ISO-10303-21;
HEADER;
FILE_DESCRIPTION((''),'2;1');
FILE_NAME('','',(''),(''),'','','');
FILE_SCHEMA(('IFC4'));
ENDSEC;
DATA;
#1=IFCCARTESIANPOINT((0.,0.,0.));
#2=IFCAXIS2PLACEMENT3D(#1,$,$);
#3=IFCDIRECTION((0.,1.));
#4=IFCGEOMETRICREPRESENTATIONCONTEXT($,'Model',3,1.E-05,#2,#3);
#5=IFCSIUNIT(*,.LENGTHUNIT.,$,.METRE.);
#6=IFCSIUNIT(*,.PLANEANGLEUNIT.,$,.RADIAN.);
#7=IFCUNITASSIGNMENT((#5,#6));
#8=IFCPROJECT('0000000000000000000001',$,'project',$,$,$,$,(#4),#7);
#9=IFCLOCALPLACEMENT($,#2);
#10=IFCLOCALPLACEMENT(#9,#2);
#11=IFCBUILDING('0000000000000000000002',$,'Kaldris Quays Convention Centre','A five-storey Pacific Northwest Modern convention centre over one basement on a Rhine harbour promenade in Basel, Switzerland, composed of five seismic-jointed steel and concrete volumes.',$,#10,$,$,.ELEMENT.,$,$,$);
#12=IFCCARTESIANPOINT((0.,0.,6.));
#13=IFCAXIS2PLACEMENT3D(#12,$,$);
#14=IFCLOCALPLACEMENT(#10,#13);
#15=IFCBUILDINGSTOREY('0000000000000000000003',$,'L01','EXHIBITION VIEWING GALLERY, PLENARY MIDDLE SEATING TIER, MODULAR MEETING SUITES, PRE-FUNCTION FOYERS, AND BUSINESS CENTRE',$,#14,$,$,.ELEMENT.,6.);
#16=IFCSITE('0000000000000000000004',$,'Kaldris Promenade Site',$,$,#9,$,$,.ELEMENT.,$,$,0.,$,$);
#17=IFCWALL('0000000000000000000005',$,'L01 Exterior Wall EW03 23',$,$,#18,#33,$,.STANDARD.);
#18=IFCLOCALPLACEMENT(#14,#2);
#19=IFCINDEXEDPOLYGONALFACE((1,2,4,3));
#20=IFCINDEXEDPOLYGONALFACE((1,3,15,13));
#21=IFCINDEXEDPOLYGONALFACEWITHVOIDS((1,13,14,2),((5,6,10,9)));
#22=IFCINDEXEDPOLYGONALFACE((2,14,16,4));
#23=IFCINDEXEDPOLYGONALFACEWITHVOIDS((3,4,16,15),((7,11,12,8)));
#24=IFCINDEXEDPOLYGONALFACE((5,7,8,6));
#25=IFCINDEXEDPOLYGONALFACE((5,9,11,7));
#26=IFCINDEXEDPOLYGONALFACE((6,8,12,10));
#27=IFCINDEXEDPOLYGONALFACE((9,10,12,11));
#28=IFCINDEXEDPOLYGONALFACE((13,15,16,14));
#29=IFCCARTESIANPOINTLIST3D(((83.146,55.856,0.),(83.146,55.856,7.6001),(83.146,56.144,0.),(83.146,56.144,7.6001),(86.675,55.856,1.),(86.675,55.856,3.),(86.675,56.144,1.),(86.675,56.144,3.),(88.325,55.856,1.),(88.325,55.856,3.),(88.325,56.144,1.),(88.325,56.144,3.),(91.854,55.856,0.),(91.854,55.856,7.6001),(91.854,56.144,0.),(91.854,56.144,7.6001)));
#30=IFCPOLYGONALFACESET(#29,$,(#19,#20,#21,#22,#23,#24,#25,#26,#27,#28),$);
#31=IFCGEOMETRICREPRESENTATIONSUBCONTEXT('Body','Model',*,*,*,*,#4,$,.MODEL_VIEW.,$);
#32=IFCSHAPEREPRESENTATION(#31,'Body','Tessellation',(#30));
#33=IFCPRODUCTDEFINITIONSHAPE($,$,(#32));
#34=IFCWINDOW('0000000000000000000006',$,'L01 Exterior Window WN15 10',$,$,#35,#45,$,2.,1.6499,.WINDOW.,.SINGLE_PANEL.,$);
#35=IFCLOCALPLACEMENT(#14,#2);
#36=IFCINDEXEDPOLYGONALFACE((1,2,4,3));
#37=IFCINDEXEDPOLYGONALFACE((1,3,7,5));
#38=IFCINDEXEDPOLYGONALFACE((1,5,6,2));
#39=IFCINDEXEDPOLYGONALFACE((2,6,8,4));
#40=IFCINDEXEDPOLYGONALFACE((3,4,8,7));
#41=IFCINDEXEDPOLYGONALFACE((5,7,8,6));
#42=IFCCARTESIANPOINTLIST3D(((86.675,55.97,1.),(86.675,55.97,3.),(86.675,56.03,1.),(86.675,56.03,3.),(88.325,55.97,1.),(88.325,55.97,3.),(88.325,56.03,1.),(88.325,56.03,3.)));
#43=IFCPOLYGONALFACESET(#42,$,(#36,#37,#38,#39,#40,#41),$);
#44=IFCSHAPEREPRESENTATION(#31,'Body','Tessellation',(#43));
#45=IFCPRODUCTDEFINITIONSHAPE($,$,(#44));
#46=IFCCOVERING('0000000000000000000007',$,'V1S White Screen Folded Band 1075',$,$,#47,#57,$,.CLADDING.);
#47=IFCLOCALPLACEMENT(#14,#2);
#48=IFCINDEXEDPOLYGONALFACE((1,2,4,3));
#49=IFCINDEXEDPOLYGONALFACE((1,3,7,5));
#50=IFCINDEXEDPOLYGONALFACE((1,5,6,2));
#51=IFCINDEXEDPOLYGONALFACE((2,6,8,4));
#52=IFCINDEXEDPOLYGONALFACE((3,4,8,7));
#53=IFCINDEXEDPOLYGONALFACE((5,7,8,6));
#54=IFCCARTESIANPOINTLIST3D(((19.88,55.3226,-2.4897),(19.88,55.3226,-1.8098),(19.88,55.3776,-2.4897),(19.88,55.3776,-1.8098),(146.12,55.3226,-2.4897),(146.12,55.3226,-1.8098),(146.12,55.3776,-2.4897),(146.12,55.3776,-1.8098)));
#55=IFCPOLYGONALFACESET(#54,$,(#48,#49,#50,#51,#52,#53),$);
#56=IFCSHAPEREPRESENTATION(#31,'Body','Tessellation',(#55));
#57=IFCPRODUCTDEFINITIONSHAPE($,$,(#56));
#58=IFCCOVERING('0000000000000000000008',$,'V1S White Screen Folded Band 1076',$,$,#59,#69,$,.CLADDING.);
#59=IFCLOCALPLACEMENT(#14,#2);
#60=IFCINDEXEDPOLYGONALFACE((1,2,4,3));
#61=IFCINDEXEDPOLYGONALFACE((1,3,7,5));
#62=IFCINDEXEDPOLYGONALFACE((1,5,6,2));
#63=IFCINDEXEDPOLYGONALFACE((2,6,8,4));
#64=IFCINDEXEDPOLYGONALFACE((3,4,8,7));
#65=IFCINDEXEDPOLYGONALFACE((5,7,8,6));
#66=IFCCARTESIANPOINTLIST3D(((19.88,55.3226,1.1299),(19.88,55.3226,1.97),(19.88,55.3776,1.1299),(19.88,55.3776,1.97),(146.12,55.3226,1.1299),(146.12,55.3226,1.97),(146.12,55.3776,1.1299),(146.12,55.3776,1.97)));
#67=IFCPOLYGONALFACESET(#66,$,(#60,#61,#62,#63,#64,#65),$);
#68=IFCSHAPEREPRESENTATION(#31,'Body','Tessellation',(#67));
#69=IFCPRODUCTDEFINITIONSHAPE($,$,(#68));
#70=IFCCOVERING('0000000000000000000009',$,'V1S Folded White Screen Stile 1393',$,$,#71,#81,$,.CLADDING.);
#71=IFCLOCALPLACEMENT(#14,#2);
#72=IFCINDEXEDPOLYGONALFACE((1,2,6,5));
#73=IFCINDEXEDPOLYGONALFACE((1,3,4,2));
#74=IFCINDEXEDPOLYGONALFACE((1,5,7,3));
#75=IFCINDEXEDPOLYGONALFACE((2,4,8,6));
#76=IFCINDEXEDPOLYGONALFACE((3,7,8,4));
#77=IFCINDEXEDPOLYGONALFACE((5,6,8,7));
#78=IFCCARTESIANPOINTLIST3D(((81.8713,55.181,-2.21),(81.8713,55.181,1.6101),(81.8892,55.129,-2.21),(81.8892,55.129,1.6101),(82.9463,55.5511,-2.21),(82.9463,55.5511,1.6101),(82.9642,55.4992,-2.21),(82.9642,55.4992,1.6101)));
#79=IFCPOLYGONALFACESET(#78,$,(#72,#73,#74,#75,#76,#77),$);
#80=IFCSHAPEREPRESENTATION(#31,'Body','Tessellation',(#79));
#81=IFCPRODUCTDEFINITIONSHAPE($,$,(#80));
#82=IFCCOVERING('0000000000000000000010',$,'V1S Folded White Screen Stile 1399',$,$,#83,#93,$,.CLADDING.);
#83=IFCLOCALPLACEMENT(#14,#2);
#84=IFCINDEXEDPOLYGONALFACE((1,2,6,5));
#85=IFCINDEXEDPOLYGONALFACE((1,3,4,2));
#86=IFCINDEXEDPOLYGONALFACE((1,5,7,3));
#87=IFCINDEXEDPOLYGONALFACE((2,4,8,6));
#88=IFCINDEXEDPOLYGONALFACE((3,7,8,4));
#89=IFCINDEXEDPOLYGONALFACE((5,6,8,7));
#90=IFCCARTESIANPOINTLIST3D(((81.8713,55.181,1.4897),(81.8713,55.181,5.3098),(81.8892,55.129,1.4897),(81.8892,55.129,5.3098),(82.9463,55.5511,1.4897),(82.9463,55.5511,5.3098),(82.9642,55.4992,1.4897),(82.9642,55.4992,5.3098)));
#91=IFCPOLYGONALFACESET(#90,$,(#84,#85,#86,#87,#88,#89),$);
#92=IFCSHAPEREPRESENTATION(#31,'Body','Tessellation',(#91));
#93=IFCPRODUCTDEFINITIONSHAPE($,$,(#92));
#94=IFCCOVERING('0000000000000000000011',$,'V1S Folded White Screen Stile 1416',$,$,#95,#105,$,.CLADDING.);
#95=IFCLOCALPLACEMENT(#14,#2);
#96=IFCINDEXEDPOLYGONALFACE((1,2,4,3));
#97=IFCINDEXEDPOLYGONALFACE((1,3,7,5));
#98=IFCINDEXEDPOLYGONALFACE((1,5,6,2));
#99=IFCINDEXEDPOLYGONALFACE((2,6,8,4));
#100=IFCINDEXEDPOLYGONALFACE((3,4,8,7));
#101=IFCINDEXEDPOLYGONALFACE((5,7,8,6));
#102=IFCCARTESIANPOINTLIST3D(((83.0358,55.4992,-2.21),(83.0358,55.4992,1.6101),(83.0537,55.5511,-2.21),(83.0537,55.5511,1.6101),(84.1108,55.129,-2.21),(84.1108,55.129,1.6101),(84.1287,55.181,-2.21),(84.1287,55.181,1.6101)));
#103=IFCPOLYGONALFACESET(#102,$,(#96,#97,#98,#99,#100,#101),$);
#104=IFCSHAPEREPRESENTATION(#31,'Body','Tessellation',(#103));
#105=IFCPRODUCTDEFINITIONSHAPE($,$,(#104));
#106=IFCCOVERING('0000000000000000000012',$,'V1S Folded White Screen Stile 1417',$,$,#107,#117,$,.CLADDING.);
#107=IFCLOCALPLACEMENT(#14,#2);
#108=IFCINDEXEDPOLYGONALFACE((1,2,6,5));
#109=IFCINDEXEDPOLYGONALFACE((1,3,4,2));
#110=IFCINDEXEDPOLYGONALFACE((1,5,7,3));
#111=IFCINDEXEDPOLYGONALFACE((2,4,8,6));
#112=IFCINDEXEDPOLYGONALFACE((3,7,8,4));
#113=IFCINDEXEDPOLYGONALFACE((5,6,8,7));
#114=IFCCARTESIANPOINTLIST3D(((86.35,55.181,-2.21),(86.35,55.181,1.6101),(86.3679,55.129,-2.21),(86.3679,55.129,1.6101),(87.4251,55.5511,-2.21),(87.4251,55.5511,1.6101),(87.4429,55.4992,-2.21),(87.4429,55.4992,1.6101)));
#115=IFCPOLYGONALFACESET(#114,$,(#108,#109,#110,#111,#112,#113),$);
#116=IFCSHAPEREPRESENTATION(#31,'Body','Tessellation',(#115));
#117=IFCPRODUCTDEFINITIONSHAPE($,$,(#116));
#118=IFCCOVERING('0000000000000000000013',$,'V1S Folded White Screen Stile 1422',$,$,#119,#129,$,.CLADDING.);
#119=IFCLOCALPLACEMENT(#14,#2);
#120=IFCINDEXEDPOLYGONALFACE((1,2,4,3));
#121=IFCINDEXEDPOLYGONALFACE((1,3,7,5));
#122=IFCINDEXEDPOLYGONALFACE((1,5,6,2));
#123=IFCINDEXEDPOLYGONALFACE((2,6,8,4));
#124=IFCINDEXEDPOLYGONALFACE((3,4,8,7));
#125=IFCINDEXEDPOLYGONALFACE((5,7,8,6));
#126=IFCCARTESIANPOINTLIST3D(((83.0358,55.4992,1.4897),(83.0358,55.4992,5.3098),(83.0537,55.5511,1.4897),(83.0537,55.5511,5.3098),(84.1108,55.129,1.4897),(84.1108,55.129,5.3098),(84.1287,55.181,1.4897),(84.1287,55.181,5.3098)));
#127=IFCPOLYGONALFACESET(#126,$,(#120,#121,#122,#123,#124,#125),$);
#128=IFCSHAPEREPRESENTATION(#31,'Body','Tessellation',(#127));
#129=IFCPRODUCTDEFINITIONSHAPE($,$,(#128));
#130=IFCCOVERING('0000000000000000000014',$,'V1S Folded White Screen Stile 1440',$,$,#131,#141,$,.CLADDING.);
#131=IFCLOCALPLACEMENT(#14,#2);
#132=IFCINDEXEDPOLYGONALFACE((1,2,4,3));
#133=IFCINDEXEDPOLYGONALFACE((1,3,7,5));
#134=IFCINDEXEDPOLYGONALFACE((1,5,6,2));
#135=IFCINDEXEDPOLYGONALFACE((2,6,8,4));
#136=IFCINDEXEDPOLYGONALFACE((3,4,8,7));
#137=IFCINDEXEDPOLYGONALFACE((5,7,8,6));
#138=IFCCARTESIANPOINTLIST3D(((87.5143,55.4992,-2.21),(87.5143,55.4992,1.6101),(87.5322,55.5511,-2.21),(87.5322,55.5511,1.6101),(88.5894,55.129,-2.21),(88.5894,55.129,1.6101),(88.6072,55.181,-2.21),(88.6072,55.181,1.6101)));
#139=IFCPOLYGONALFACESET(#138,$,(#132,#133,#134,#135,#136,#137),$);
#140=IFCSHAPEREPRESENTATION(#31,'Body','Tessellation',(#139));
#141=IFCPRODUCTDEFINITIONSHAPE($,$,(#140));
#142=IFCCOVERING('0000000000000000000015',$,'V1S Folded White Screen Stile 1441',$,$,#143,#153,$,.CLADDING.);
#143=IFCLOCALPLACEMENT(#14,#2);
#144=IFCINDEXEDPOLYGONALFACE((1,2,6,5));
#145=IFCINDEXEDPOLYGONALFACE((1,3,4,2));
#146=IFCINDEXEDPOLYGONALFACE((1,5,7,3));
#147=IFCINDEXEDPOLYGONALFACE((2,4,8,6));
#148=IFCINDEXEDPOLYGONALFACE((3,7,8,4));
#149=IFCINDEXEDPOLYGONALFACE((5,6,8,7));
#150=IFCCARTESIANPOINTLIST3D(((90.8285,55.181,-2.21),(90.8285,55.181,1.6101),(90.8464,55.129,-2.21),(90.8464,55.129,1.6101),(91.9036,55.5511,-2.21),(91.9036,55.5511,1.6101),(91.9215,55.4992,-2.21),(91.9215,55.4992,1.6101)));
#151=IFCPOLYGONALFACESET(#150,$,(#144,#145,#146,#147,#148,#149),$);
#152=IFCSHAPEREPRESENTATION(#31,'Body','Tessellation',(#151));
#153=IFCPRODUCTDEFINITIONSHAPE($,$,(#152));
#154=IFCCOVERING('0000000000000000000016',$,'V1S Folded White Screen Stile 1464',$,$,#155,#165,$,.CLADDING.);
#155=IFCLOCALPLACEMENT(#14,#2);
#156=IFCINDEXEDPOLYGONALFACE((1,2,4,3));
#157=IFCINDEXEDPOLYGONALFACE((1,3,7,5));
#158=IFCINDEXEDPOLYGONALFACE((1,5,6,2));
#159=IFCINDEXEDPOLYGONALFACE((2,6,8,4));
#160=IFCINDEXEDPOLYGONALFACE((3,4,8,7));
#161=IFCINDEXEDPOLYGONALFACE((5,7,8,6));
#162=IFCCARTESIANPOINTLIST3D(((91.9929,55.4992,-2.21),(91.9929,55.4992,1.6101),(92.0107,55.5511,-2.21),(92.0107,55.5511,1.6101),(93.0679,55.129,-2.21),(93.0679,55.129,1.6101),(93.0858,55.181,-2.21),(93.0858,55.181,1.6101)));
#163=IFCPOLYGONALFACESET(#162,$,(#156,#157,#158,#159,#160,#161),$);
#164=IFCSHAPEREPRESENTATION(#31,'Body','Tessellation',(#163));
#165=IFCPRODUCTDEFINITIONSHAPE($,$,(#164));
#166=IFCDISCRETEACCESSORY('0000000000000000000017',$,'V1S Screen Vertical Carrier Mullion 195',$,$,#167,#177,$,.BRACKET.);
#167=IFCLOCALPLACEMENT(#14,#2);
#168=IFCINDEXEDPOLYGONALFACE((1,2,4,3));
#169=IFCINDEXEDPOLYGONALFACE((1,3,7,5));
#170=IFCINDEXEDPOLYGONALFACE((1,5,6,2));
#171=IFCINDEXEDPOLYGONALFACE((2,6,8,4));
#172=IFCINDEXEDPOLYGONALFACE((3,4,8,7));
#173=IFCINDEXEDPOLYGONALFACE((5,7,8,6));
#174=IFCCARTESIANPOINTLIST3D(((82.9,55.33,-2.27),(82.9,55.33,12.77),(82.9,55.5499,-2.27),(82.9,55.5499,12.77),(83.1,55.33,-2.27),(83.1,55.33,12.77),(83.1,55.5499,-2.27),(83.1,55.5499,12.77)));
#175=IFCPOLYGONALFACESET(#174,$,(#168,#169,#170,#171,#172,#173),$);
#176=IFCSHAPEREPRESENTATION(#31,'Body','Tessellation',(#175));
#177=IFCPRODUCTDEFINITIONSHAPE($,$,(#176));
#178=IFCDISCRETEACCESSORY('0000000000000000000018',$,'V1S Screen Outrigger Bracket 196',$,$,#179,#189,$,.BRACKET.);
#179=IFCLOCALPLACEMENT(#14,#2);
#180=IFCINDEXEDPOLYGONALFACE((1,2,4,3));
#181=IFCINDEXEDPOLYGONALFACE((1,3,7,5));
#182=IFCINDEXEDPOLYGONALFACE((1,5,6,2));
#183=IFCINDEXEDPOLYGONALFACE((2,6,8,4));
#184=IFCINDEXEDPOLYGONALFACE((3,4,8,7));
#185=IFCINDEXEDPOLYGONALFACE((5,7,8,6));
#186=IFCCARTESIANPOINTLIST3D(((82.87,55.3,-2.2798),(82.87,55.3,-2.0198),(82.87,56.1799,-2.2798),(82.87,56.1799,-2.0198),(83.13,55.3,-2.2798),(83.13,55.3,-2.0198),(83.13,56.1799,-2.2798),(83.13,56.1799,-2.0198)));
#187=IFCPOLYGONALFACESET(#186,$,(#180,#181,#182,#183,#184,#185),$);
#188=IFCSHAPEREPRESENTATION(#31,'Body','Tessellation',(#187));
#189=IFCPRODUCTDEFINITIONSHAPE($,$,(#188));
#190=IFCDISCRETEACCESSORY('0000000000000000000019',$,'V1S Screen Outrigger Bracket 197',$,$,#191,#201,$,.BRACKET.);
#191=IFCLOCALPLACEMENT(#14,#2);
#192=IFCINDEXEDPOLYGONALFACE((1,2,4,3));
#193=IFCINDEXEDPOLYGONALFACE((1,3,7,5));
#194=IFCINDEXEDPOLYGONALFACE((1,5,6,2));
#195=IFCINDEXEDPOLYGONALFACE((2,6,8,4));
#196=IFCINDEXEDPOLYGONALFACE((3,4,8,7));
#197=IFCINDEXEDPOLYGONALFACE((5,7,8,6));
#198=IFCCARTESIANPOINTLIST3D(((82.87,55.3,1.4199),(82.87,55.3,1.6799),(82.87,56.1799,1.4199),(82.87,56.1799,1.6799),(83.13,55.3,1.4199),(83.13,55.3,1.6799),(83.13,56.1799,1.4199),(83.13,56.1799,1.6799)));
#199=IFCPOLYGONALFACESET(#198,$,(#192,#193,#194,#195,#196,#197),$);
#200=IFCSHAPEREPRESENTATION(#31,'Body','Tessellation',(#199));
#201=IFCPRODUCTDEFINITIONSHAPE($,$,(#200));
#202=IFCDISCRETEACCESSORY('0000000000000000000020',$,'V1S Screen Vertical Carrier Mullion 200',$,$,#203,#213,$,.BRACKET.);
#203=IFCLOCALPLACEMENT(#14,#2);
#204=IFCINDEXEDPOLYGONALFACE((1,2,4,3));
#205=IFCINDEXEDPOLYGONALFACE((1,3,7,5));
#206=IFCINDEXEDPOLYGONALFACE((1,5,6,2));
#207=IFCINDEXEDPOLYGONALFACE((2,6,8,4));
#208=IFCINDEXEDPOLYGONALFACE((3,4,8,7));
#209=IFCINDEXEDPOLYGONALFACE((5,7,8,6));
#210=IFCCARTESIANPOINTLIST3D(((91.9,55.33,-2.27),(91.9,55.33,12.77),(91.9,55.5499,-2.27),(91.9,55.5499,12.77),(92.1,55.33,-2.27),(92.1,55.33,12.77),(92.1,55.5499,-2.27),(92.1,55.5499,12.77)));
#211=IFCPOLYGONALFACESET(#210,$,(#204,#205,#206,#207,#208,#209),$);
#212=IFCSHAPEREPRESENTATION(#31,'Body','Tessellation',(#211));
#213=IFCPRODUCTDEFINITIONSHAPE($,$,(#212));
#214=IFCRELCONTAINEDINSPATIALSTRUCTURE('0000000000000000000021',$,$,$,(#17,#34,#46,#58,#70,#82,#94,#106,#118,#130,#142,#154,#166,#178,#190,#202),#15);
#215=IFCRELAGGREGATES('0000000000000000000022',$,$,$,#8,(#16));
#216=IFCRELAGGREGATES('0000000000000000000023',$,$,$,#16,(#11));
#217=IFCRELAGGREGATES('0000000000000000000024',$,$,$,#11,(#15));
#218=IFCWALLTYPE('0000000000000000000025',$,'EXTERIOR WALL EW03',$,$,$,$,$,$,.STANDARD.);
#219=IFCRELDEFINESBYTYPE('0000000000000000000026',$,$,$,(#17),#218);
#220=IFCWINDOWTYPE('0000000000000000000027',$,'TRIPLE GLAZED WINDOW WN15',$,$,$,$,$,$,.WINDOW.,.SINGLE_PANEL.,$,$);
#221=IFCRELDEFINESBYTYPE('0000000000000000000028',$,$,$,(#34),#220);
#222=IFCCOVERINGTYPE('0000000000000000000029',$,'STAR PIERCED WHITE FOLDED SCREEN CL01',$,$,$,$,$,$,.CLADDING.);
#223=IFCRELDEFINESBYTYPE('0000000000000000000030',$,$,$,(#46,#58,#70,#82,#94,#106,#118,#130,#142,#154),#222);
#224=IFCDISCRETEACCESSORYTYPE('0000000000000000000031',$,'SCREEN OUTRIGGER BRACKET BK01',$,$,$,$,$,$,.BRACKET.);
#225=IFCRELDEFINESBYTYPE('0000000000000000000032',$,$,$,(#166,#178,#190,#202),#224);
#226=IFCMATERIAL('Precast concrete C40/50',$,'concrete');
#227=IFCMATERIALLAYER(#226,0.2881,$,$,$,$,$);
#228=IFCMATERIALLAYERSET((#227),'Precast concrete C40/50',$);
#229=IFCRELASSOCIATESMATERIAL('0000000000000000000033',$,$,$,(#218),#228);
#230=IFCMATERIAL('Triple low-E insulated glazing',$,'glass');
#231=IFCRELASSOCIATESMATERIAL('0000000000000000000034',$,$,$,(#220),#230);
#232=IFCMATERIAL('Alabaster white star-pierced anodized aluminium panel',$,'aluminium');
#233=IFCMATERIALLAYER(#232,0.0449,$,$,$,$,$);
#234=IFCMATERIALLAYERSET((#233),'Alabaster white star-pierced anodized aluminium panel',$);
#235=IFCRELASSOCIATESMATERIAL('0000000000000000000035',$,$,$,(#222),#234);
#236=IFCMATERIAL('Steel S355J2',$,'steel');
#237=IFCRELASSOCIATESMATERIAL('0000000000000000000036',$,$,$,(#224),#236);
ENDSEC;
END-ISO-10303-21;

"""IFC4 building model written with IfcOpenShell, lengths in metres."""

from ifc_helpers import new_model, si_unit, direction, frame, frame_2d, origin, origin_2d, place, context, subcontext, project, spatial, rectangle, extrude, material, layer, layer_set, type_object, element, fill, save


model = new_model("IFC4")

# Units and contexts
model_context = context("Model", 3, precision=1e-05, world=origin(), true_north=direction((0.0, 1.0)))
body_context = subcontext(model_context, "Body", "Model", "MODEL_VIEW")
ifc_project = project(units=[si_unit("LENGTHUNIT", "METRE"), si_unit("PLANEANGLEUNIT", "RADIAN")], contexts=[model_context])

# Site, building, storey
site_placement = place(None, origin())
site = spatial("IfcSite", under=ifc_project, at=site_placement, Name="Kaldris Promenade Site", CompositionType="ELEMENT", RefElevation=0.0)
building_placement = place(site_placement, origin())
building = spatial("IfcBuilding", under=site, at=building_placement, Name="Kaldris Quays Convention Centre", Description="A five-storey Pacific Northwest Modern convention centre over one basement on a Rhine harbour promenade in Basel, Switzerland, composed of five seismic-jointed steel and concrete volumes.", CompositionType="ELEMENT")
storey_placement = place(building_placement, frame((0.0, 0.0, 6.0)))
storey = spatial("IfcBuildingStorey", under=building, at=storey_placement, Name="L01", Description="EXHIBITION VIEWING GALLERY, PLENARY MIDDLE SEATING TIER, MODULAR MEETING SUITES, PRE-FUNCTION FOYERS, AND BUSINESS CENTRE", CompositionType="ELEMENT", Elevation=6.0)

# Shared definitions
ifc_material_1 = material(Name="Steel S355J2", Category="steel")

# Wall, opening, window
ifc_material_2 = material(Name="Precast concrete C40/50", Category="concrete")
ifc_layer_1 = layer(ifc_material_2, 0.2881)
ifc_layer_set_1 = layer_set([ifc_layer_1], Name="Precast concrete C40/50")
wall_type = type_object("IfcWallType", Name="EXTERIOR WALL EW03", PredefinedType="STANDARD", material=ifc_layer_set_1)
wall_placement = place(storey_placement, frame((83.146, 56.0, 0.0), z_axis=(0.0, 0.0, 1.0), x_axis=(1.0, 0.0, 0.0)))
wall = element("IfcWall", 1, at=wall_placement, inside=storey, type_object=wall_type, Name="L01 Exterior Wall EW03 23", PredefinedType="STANDARD", context=body_context, shape_type="SweptSolid", body=[
    extrude(rectangle(XDim=8.708, YDim=0.2881, at=frame_2d((4.354, 0.0))), origin(), (0.0, 0.0, 1.0), 7.6001),
])
opening_placement = place(wall_placement, frame((3.5291, 0.0, 1.0)))
opening = element("IfcOpeningElement", 2, at=opening_placement, cuts=wall, PredefinedType="OPENING", context=body_context, shape_type="SweptSolid", body=[
    extrude(rectangle(XDim=1.6499, YDim=2.0, at=frame_2d((0.825, 1.0))), frame((0.0, 0.1541, 0.0), z_axis=(0.0, -1.0, 0.0), x_axis=(1.0, 0.0, 0.0)), (0.0, 0.0, 1.0), 0.3081),
])
ifc_material_3 = material(Name="Triple low-E insulated glazing", Category="glass")
window_type = type_object("IfcWindowType", Name="TRIPLE GLAZED WINDOW WN15", PartitioningType="SINGLE_PANEL", PredefinedType="WINDOW", material=ifc_material_3)
window_placement = place(opening_placement, origin())
window = element("IfcWindow", 3, at=window_placement, inside=storey, type_object=window_type, Name="L01 Exterior Window WN15 10", OverallHeight=2.0, OverallWidth=1.6499, PartitioningType="SINGLE_PANEL", PredefinedType="WINDOW", context=body_context, shape_type="SweptSolid", body=[
    extrude(rectangle(XDim=1.6499, YDim=2.0, at=frame_2d((0.825, 1.0))), frame((0.0, 0.03, 0.0), z_axis=(0.0, -1.0, 0.0), x_axis=(1.0, 0.0, 0.0)), (0.0, 0.0, 1.0), 0.0601),
])
fill(opening, window)

# Coverings
ifc_material_4 = material(Name="Alabaster white star-pierced anodized aluminium panel", Category="aluminium")
ifc_layer_2 = layer(ifc_material_4, 0.0449)
ifc_layer_set_2 = layer_set([ifc_layer_2], Name="Alabaster white star-pierced anodized aluminium panel")
covering_type = type_object("IfcCoveringType", Name="STAR PIERCED WHITE FOLDED SCREEN CL01", PredefinedType="CLADDING", material=ifc_layer_set_2)
covering_1_placement = place(storey_placement, frame((83.0, 55.3501, -2.4897), z_axis=(0.0, 0.0, 1.0), x_axis=(1.0, 0.0, 0.0)))
element("IfcCovering", 4, at=covering_1_placement, inside=storey, type_object=covering_type, Name="V1S White Screen Folded Band 1075", PredefinedType="CLADDING", context=body_context, shape_type="SweptSolid", body=[
    extrude(rectangle(XDim=126.24, YDim=0.0549, at=origin_2d()), origin(), (0.0, 0.0, 1.0), 0.6799),
])
covering_2_placement = place(storey_placement, frame((83.0, 55.3501, 1.1299), z_axis=(0.0, 0.0, 1.0), x_axis=(1.0, 0.0, 0.0)))
element("IfcCovering", 5, at=covering_2_placement, inside=storey, type_object=covering_type, Name="V1S White Screen Folded Band 1076", PredefinedType="CLADDING", context=body_context, shape_type="SweptSolid", body=[
    extrude(rectangle(XDim=126.24, YDim=0.0549, at=origin_2d()), origin(), (0.0, 0.0, 1.0), 0.8401),
])
for number, where, z_axis, x_axis, name in (
    (6, (82.4177, 55.3401, -2.21), (0.0, 0.0, 1.0), (0.945519, 0.325568, 0.0), "V1S Folded White Screen Stile 1393"),
    (7, (82.4177, 55.3401, 1.4897), (0.0, 0.0, 1.0), (0.945519, 0.325568, 0.0), "V1S Folded White Screen Stile 1399"),
    (8, (83.5823, 55.3401, -2.21), (0.0, 0.0, 1.0), (0.945519, -0.325568, 0.0), "V1S Folded White Screen Stile 1416"),
    (9, (86.8965, 55.3401, -2.21), (0.0, 0.0, 1.0), (0.945519, 0.325568, 0.0), "V1S Folded White Screen Stile 1417"),
    (10, (83.5823, 55.3401, 1.4897), (0.0, 0.0, 1.0), (0.945519, -0.325568, 0.0), "V1S Folded White Screen Stile 1422"),
    (11, (88.0608, 55.3401, -2.21), (0.0, 0.0, 1.0), (0.945519, -0.325568, 0.0), "V1S Folded White Screen Stile 1440"),
    (12, (91.375, 55.3401, -2.21), (0.0, 0.0, 1.0), (0.945519, 0.325568, 0.0), "V1S Folded White Screen Stile 1441"),
    (13, (92.5393, 55.3401, -2.21), (0.0, 0.0, 1.0), (0.945519, -0.325568, 0.0), "V1S Folded White Screen Stile 1464"),
):
    element("IfcCovering", number, at=place(storey_placement, frame(where, z_axis=z_axis, x_axis=x_axis)), inside=storey, type_object=covering_type, Name=name, PredefinedType="CLADDING", context=body_context, shape_type="SweptSolid", body=[
        extrude(rectangle(XDim=1.137, YDim=0.0549, at=origin_2d()), origin(), (0.0, 0.0, 1.0), 3.8201),
    ])

# Discrete accessories
discrete_accessory_type = type_object("IfcDiscreteAccessoryType", Name="SCREEN OUTRIGGER BRACKET BK01", PredefinedType="BRACKET", material=ifc_material_1)
discrete_accessory_1_placement = place(storey_placement, frame((83.0, 55.4399, -2.27), z_axis=(0.0, 0.0, 1.0), x_axis=(1.0, 0.0, 0.0)))
element("IfcDiscreteAccessory", 14, at=discrete_accessory_1_placement, inside=storey, type_object=discrete_accessory_type, Name="V1S Screen Vertical Carrier Mullion 195", PredefinedType="BRACKET", context=body_context, shape_type="SweptSolid", body=[
    extrude(rectangle(XDim=0.2, YDim=0.22, at=origin_2d()), origin(), (0.0, 0.0, 1.0), 15.04),
])
for number, where, z_axis, x_axis, name in (
    (15, (83.0, 55.74, -2.2798), (0.0, 0.0, 1.0), (1.0, 0.0, 0.0), "V1S Screen Outrigger Bracket 196"),
    (16, (83.0, 55.74, 1.4199), (0.0, 0.0, 1.0), (1.0, 0.0, 0.0), "V1S Screen Outrigger Bracket 197"),
):
    element("IfcDiscreteAccessory", number, at=place(storey_placement, frame(where, z_axis=z_axis, x_axis=x_axis)), inside=storey, type_object=discrete_accessory_type, Name=name, PredefinedType="BRACKET", context=body_context, shape_type="SweptSolid", body=[
        extrude(rectangle(XDim=0.26, YDim=0.8799, at=origin_2d()), origin(), (0.0, 0.0, 1.0), 0.26),
    ])
discrete_accessory_2_placement = place(storey_placement, frame((92.0, 55.4399, -2.27), z_axis=(0.0, 0.0, 1.0), x_axis=(1.0, 0.0, 0.0)))
element("IfcDiscreteAccessory", 17, at=discrete_accessory_2_placement, inside=storey, type_object=discrete_accessory_type, Name="V1S Screen Vertical Carrier Mullion 200", PredefinedType="BRACKET", context=body_context, shape_type="SweptSolid", body=[
    extrude(rectangle(XDim=0.2, YDim=0.22, at=origin_2d()), origin(), (0.0, 0.0, 1.0), 15.04),
])

save(model, "model.ifc")
